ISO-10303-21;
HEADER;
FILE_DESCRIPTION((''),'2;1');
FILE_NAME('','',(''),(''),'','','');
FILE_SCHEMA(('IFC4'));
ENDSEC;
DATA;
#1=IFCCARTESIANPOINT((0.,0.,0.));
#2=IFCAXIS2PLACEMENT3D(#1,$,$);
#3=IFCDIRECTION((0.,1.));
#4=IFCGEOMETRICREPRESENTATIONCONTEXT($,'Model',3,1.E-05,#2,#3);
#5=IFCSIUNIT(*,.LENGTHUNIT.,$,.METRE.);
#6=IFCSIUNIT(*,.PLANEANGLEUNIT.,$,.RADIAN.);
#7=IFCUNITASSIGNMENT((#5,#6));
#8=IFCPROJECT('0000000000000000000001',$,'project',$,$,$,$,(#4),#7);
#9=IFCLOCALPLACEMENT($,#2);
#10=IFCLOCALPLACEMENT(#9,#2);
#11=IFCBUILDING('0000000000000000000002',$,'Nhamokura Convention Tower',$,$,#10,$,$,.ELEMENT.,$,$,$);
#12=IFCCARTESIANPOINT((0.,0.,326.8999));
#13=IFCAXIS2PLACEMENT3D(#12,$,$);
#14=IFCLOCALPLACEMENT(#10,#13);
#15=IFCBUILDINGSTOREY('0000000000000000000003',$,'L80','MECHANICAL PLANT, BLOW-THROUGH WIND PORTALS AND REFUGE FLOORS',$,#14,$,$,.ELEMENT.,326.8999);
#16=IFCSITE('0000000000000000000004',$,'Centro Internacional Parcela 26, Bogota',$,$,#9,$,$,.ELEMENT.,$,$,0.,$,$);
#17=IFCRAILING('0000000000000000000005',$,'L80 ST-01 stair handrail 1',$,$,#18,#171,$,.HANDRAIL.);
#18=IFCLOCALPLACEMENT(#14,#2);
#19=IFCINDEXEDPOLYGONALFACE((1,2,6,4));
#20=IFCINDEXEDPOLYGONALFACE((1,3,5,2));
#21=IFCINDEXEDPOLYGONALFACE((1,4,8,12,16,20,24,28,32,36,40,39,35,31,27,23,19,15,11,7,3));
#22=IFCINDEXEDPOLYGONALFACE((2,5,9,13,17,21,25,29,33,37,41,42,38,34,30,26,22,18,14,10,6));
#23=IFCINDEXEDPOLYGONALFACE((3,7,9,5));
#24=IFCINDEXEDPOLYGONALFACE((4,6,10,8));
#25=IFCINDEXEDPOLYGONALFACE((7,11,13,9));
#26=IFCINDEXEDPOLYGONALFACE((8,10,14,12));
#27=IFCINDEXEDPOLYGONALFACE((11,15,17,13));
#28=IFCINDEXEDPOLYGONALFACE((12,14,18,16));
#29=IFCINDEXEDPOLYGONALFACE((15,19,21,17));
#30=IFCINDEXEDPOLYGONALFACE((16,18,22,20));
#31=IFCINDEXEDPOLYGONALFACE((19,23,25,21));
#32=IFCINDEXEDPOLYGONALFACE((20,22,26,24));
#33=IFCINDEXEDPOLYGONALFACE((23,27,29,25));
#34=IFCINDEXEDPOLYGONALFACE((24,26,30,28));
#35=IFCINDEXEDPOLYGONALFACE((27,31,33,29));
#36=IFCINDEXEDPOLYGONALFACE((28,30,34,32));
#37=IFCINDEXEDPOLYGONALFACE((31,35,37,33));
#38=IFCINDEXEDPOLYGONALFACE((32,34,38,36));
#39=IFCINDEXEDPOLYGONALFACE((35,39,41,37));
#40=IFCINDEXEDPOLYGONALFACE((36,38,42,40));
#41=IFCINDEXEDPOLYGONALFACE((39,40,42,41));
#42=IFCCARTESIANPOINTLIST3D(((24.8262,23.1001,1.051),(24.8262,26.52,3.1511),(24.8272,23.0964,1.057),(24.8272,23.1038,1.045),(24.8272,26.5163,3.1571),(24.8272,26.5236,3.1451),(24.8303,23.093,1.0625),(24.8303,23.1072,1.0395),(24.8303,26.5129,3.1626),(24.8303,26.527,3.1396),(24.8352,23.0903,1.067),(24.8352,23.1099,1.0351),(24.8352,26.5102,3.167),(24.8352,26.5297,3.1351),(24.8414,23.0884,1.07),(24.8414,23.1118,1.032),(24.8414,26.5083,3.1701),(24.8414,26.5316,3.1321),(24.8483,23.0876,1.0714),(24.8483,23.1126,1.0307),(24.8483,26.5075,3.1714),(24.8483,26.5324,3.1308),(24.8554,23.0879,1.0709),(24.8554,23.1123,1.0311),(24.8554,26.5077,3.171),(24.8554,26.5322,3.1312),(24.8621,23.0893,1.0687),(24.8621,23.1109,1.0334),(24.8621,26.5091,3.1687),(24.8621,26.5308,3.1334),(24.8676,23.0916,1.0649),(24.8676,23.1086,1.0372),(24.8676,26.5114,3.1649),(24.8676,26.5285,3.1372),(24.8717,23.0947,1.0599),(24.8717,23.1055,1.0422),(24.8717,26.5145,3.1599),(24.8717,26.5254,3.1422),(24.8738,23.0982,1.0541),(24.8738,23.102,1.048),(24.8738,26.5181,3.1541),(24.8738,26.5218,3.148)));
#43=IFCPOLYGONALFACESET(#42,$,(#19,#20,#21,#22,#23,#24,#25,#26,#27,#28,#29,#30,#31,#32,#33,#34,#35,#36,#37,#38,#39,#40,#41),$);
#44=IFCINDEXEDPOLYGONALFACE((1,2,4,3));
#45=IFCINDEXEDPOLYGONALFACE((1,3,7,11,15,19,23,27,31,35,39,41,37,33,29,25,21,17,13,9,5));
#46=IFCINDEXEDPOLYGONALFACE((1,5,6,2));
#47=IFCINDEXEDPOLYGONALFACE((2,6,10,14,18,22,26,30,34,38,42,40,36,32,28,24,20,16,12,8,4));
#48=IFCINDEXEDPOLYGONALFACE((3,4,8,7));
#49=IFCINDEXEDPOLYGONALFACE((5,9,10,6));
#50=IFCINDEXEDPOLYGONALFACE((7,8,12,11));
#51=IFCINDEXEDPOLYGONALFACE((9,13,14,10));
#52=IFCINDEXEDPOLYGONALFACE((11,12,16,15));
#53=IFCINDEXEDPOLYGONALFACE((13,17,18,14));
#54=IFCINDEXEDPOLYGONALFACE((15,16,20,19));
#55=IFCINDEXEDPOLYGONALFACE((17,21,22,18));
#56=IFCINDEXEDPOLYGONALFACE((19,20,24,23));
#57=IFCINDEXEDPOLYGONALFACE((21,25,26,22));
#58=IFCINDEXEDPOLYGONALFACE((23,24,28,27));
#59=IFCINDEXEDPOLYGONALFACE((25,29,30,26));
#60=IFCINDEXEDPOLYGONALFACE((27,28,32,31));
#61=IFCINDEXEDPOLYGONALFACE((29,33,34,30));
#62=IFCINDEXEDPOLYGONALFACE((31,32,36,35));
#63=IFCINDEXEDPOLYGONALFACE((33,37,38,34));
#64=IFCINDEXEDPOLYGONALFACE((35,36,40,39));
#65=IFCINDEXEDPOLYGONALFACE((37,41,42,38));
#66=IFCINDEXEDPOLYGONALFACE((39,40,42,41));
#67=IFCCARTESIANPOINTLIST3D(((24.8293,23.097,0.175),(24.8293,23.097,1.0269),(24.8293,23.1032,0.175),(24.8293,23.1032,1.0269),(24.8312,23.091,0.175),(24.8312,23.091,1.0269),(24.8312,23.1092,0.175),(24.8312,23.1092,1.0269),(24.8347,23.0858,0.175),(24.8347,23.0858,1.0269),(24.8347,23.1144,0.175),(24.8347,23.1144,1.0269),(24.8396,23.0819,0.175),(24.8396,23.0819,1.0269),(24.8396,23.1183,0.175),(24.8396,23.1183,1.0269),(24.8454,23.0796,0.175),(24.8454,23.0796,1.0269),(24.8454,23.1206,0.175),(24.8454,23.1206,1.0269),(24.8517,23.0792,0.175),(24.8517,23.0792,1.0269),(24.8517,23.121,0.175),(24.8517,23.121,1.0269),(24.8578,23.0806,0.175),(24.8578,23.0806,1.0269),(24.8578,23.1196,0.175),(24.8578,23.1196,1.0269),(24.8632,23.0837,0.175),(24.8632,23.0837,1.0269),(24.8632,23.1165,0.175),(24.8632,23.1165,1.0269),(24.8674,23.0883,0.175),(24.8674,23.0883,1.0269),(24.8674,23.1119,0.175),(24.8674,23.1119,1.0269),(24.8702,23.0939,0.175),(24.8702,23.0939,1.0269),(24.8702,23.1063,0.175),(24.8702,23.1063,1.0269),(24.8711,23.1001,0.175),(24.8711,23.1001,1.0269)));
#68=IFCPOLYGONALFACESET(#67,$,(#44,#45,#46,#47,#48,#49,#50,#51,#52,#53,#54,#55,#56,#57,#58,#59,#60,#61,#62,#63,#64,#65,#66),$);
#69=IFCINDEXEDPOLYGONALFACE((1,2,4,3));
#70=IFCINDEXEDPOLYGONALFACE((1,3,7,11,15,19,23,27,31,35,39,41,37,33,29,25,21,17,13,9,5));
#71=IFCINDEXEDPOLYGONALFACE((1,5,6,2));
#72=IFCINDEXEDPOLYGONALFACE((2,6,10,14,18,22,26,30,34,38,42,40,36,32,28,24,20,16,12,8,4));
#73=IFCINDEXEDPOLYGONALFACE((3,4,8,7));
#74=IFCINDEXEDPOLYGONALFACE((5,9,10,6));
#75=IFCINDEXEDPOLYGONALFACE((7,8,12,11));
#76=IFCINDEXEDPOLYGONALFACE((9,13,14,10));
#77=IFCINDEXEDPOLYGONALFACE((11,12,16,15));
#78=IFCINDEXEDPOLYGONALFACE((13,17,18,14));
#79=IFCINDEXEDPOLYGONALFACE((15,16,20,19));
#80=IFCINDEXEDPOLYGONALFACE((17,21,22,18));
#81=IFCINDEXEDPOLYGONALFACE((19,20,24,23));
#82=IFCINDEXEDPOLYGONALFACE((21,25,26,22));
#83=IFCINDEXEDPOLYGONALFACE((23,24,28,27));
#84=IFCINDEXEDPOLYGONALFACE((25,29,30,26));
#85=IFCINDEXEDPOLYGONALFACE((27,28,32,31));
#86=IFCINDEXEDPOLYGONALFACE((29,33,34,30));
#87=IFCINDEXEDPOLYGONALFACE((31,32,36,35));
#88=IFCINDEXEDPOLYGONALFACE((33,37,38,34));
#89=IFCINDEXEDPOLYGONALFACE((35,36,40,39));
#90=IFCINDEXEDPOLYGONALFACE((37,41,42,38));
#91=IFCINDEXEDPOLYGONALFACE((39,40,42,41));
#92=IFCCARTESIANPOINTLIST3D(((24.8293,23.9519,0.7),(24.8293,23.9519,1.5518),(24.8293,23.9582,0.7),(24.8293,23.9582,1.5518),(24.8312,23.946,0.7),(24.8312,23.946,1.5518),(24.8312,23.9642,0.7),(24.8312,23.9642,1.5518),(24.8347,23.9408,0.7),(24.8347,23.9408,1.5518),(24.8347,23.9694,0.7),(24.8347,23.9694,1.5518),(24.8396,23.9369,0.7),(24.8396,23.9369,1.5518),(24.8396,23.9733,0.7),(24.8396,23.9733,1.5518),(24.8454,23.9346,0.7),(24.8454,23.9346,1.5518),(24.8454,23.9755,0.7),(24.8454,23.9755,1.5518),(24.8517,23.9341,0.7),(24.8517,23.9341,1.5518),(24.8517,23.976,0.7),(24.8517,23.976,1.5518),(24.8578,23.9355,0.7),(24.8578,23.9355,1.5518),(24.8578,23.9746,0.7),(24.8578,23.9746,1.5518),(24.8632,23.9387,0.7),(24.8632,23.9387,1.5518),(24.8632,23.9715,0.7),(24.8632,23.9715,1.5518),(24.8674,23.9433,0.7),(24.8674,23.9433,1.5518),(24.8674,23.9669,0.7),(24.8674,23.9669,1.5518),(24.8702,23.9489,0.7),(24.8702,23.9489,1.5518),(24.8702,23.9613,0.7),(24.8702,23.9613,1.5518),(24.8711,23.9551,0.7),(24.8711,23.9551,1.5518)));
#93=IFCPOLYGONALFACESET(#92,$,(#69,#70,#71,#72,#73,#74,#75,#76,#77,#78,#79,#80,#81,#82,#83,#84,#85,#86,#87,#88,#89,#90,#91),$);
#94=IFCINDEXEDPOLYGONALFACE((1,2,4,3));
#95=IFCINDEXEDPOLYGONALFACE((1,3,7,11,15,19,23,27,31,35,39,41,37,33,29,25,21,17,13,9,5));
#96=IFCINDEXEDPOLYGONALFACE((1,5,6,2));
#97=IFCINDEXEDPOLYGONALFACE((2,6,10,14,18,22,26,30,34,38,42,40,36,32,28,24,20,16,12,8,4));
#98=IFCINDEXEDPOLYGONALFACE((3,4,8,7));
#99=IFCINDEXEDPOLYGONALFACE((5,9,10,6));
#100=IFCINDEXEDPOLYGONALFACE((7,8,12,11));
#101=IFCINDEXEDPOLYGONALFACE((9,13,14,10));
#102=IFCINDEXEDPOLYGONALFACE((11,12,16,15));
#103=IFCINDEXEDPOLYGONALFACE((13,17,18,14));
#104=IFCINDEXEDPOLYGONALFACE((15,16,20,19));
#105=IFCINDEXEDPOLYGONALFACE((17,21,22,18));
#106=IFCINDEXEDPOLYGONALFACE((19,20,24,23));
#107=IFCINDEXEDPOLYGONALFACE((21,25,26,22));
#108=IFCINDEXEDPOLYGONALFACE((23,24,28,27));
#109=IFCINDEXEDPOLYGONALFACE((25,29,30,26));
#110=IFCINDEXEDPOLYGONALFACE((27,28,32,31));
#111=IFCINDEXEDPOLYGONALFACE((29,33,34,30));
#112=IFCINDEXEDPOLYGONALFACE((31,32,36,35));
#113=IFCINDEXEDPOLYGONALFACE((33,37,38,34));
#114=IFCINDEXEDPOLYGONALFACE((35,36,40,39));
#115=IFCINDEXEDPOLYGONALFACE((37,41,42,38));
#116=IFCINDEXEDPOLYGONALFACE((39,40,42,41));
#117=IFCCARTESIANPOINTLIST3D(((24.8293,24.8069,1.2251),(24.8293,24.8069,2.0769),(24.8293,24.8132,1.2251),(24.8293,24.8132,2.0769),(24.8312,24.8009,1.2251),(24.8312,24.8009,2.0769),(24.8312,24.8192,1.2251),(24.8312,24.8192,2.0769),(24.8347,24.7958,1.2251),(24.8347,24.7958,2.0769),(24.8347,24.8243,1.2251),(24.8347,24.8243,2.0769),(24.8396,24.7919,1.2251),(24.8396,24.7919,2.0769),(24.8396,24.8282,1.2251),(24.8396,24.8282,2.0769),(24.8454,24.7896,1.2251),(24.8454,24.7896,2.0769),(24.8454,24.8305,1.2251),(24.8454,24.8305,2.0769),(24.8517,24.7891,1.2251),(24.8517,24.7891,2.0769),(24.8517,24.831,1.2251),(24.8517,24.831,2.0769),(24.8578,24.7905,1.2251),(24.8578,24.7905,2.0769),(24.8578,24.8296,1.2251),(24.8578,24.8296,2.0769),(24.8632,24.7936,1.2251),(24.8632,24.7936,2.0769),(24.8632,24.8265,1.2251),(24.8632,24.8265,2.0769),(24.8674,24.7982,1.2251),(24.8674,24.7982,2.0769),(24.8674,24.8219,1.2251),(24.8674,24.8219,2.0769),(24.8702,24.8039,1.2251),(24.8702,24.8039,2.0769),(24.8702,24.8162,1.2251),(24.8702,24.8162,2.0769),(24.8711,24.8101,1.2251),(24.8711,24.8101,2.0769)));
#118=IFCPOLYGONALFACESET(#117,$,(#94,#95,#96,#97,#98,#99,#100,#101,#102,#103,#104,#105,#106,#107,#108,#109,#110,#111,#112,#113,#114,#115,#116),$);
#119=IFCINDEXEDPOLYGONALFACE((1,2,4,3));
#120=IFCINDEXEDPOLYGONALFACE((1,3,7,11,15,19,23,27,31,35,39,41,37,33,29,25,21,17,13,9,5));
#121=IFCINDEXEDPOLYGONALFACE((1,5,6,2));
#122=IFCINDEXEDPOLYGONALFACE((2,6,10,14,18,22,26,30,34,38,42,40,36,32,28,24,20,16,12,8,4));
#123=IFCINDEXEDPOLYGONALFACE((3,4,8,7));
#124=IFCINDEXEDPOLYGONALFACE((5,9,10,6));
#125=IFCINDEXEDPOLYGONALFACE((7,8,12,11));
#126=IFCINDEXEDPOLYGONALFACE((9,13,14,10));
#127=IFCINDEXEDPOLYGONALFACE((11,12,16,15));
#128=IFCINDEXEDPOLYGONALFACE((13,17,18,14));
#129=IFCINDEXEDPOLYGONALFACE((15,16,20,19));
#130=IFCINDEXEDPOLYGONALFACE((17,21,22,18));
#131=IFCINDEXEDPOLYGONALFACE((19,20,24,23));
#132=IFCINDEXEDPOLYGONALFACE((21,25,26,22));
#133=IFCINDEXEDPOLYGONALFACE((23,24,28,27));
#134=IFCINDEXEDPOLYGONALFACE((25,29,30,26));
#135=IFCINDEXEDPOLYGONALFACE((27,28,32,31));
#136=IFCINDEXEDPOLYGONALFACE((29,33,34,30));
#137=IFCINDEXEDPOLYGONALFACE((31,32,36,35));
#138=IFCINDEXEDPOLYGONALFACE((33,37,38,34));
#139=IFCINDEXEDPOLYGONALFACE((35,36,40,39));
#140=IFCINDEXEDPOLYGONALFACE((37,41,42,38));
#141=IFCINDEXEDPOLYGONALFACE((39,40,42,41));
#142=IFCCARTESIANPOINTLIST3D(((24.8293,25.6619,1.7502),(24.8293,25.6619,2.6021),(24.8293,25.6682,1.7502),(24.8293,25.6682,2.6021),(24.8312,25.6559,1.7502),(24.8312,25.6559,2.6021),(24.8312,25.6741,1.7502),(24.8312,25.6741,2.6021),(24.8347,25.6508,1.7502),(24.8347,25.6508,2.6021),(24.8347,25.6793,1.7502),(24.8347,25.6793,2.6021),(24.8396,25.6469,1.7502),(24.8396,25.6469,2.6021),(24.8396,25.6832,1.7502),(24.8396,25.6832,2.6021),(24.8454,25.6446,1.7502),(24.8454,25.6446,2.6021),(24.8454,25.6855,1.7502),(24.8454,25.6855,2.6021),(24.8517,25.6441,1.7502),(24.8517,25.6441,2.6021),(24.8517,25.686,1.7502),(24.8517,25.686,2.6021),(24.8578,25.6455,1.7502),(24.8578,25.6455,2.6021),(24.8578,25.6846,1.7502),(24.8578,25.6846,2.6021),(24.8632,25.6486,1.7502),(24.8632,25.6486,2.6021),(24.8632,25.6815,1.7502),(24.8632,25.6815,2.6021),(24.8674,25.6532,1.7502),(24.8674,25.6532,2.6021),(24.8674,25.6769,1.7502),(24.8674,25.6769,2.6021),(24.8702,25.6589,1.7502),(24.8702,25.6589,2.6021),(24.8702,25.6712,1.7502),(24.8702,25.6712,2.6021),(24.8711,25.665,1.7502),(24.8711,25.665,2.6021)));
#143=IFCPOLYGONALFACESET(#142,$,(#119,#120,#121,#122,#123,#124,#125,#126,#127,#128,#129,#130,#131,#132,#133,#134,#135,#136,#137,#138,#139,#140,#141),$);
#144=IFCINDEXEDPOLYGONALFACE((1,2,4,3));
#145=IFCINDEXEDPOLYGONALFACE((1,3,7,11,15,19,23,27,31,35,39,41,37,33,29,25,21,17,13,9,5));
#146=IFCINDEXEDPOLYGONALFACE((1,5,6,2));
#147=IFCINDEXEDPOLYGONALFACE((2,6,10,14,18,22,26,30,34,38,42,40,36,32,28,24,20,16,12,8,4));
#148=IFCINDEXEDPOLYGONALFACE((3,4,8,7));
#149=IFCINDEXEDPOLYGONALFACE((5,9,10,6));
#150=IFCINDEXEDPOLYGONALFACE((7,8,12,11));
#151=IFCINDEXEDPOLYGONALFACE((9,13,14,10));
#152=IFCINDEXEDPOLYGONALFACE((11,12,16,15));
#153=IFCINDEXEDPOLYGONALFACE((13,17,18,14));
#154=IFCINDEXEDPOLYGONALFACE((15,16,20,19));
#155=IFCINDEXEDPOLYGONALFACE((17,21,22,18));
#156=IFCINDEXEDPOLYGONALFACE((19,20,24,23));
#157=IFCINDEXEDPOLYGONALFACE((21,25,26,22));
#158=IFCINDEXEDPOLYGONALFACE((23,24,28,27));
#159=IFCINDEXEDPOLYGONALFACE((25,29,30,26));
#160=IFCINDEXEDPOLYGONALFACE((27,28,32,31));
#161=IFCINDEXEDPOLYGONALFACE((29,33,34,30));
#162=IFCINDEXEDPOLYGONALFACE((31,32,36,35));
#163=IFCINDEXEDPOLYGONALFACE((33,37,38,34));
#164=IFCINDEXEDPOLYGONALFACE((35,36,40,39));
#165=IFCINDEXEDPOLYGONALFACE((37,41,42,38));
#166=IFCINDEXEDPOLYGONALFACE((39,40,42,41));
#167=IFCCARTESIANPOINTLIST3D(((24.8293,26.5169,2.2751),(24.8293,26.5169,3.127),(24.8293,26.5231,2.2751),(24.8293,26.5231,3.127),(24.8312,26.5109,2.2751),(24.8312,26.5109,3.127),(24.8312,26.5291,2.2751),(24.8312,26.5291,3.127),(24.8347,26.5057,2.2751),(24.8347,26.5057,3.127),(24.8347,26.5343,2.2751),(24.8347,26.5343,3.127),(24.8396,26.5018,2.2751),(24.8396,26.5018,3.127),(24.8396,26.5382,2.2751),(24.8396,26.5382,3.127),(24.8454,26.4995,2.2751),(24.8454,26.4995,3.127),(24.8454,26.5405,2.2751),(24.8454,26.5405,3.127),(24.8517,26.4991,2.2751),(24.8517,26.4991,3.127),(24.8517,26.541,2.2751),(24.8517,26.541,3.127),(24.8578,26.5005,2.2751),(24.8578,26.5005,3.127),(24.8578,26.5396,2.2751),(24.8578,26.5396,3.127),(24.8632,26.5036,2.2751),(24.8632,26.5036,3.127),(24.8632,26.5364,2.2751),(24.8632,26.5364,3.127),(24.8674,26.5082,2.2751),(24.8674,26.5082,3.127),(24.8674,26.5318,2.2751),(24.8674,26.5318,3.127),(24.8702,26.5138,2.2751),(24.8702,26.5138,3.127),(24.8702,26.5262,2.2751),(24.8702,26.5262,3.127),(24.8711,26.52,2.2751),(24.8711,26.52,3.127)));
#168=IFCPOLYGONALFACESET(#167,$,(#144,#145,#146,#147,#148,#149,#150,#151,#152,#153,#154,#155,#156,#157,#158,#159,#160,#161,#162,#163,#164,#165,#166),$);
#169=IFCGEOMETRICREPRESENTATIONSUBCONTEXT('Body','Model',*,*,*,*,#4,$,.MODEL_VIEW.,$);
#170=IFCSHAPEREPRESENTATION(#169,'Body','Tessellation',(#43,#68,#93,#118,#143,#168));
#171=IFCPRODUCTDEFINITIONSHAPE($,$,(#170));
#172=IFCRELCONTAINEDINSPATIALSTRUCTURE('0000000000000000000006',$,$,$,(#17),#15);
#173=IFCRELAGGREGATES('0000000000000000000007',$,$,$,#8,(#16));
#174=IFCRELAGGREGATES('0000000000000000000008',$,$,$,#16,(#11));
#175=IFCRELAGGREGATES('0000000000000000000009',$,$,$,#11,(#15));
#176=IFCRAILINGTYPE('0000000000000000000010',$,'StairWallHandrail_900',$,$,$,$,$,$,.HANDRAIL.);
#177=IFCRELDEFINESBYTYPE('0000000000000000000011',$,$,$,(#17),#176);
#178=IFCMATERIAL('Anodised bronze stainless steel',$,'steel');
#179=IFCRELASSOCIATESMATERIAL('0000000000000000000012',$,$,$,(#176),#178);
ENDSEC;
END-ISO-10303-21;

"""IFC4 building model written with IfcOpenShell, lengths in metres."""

from ifc_helpers import new_model, si_unit, direction, frame, origin, origin_2d, place, context, subcontext, project, spatial, circle, extrude, material, type_object, element, save


model = new_model("IFC4")

# Units and contexts
model_context = context("Model", 3, precision=1e-05, world=origin(), true_north=direction((0.0, 1.0)))
body_context = subcontext(model_context, "Body", "Model", "MODEL_VIEW")
ifc_project = project(units=[si_unit("LENGTHUNIT", "METRE"), si_unit("PLANEANGLEUNIT", "RADIAN")], contexts=[model_context])

# Site, building, storey
site_placement = place(None, origin())
site = spatial("IfcSite", under=ifc_project, at=site_placement, Name="Centro Internacional Parcela 26, Bogota", CompositionType="ELEMENT", RefElevation=0.0)
building_placement = place(site_placement, origin())
building = spatial("IfcBuilding", under=site, at=building_placement, Name="Nhamokura Convention Tower", CompositionType="ELEMENT")
storey_placement = place(building_placement, frame((0.0, 0.0, 326.8999)))
storey = spatial("IfcBuildingStorey", under=building, at=storey_placement, Name="L80", Description="MECHANICAL PLANT, BLOW-THROUGH WIND PORTALS AND REFUGE FLOORS", CompositionType="ELEMENT", Elevation=326.8999)

# Railing
ifc_material_1 = material(Name="Anodised bronze stainless steel", Category="steel")
railing_type_1 = type_object("IfcRailingType", Name="StairWallHandrail_900", PredefinedType="HANDRAIL", material=ifc_material_1)
railing_1_placement = place(storey_placement, frame((24.8501, 23.1001, 0.175)))
element("IfcRailing", 1, at=railing_1_placement, inside=storey, type_object=railing_type_1, Name="L80 ST-01 stair handrail 1", PredefinedType="HANDRAIL", context=body_context, shape_type="SweptSolid", body=[
    extrude(circle(Radius=0.0239, at=origin_2d()), frame((0.0, 0.0, 0.876), z_axis=(0.0, 0.852155, 0.523289), x_axis=(-1.0, 0.0, 0.0)), (0.0, 0.0, 1.0), 4.0132),
    extrude(circle(Radius=0.021, at=origin_2d()), origin(), (0.0, 0.0, 1.0), 0.8518),
    extrude(circle(Radius=0.021, at=origin_2d()), frame((0.0, 0.855, 0.5249)), (0.0, 0.0, 1.0), 0.8518),
    extrude(circle(Radius=0.021, at=origin_2d()), frame((0.0, 1.71, 1.05)), (0.0, 0.0, 1.0), 0.8518),
    extrude(circle(Radius=0.021, at=origin_2d()), frame((0.0, 2.5649, 1.5752)), (0.0, 0.0, 1.0), 0.8518),
    extrude(circle(Radius=0.021, at=origin_2d()), frame((0.0, 3.4199, 2.1001)), (0.0, 0.0, 1.0), 0.8518),
])

save(model, "model.ifc")
